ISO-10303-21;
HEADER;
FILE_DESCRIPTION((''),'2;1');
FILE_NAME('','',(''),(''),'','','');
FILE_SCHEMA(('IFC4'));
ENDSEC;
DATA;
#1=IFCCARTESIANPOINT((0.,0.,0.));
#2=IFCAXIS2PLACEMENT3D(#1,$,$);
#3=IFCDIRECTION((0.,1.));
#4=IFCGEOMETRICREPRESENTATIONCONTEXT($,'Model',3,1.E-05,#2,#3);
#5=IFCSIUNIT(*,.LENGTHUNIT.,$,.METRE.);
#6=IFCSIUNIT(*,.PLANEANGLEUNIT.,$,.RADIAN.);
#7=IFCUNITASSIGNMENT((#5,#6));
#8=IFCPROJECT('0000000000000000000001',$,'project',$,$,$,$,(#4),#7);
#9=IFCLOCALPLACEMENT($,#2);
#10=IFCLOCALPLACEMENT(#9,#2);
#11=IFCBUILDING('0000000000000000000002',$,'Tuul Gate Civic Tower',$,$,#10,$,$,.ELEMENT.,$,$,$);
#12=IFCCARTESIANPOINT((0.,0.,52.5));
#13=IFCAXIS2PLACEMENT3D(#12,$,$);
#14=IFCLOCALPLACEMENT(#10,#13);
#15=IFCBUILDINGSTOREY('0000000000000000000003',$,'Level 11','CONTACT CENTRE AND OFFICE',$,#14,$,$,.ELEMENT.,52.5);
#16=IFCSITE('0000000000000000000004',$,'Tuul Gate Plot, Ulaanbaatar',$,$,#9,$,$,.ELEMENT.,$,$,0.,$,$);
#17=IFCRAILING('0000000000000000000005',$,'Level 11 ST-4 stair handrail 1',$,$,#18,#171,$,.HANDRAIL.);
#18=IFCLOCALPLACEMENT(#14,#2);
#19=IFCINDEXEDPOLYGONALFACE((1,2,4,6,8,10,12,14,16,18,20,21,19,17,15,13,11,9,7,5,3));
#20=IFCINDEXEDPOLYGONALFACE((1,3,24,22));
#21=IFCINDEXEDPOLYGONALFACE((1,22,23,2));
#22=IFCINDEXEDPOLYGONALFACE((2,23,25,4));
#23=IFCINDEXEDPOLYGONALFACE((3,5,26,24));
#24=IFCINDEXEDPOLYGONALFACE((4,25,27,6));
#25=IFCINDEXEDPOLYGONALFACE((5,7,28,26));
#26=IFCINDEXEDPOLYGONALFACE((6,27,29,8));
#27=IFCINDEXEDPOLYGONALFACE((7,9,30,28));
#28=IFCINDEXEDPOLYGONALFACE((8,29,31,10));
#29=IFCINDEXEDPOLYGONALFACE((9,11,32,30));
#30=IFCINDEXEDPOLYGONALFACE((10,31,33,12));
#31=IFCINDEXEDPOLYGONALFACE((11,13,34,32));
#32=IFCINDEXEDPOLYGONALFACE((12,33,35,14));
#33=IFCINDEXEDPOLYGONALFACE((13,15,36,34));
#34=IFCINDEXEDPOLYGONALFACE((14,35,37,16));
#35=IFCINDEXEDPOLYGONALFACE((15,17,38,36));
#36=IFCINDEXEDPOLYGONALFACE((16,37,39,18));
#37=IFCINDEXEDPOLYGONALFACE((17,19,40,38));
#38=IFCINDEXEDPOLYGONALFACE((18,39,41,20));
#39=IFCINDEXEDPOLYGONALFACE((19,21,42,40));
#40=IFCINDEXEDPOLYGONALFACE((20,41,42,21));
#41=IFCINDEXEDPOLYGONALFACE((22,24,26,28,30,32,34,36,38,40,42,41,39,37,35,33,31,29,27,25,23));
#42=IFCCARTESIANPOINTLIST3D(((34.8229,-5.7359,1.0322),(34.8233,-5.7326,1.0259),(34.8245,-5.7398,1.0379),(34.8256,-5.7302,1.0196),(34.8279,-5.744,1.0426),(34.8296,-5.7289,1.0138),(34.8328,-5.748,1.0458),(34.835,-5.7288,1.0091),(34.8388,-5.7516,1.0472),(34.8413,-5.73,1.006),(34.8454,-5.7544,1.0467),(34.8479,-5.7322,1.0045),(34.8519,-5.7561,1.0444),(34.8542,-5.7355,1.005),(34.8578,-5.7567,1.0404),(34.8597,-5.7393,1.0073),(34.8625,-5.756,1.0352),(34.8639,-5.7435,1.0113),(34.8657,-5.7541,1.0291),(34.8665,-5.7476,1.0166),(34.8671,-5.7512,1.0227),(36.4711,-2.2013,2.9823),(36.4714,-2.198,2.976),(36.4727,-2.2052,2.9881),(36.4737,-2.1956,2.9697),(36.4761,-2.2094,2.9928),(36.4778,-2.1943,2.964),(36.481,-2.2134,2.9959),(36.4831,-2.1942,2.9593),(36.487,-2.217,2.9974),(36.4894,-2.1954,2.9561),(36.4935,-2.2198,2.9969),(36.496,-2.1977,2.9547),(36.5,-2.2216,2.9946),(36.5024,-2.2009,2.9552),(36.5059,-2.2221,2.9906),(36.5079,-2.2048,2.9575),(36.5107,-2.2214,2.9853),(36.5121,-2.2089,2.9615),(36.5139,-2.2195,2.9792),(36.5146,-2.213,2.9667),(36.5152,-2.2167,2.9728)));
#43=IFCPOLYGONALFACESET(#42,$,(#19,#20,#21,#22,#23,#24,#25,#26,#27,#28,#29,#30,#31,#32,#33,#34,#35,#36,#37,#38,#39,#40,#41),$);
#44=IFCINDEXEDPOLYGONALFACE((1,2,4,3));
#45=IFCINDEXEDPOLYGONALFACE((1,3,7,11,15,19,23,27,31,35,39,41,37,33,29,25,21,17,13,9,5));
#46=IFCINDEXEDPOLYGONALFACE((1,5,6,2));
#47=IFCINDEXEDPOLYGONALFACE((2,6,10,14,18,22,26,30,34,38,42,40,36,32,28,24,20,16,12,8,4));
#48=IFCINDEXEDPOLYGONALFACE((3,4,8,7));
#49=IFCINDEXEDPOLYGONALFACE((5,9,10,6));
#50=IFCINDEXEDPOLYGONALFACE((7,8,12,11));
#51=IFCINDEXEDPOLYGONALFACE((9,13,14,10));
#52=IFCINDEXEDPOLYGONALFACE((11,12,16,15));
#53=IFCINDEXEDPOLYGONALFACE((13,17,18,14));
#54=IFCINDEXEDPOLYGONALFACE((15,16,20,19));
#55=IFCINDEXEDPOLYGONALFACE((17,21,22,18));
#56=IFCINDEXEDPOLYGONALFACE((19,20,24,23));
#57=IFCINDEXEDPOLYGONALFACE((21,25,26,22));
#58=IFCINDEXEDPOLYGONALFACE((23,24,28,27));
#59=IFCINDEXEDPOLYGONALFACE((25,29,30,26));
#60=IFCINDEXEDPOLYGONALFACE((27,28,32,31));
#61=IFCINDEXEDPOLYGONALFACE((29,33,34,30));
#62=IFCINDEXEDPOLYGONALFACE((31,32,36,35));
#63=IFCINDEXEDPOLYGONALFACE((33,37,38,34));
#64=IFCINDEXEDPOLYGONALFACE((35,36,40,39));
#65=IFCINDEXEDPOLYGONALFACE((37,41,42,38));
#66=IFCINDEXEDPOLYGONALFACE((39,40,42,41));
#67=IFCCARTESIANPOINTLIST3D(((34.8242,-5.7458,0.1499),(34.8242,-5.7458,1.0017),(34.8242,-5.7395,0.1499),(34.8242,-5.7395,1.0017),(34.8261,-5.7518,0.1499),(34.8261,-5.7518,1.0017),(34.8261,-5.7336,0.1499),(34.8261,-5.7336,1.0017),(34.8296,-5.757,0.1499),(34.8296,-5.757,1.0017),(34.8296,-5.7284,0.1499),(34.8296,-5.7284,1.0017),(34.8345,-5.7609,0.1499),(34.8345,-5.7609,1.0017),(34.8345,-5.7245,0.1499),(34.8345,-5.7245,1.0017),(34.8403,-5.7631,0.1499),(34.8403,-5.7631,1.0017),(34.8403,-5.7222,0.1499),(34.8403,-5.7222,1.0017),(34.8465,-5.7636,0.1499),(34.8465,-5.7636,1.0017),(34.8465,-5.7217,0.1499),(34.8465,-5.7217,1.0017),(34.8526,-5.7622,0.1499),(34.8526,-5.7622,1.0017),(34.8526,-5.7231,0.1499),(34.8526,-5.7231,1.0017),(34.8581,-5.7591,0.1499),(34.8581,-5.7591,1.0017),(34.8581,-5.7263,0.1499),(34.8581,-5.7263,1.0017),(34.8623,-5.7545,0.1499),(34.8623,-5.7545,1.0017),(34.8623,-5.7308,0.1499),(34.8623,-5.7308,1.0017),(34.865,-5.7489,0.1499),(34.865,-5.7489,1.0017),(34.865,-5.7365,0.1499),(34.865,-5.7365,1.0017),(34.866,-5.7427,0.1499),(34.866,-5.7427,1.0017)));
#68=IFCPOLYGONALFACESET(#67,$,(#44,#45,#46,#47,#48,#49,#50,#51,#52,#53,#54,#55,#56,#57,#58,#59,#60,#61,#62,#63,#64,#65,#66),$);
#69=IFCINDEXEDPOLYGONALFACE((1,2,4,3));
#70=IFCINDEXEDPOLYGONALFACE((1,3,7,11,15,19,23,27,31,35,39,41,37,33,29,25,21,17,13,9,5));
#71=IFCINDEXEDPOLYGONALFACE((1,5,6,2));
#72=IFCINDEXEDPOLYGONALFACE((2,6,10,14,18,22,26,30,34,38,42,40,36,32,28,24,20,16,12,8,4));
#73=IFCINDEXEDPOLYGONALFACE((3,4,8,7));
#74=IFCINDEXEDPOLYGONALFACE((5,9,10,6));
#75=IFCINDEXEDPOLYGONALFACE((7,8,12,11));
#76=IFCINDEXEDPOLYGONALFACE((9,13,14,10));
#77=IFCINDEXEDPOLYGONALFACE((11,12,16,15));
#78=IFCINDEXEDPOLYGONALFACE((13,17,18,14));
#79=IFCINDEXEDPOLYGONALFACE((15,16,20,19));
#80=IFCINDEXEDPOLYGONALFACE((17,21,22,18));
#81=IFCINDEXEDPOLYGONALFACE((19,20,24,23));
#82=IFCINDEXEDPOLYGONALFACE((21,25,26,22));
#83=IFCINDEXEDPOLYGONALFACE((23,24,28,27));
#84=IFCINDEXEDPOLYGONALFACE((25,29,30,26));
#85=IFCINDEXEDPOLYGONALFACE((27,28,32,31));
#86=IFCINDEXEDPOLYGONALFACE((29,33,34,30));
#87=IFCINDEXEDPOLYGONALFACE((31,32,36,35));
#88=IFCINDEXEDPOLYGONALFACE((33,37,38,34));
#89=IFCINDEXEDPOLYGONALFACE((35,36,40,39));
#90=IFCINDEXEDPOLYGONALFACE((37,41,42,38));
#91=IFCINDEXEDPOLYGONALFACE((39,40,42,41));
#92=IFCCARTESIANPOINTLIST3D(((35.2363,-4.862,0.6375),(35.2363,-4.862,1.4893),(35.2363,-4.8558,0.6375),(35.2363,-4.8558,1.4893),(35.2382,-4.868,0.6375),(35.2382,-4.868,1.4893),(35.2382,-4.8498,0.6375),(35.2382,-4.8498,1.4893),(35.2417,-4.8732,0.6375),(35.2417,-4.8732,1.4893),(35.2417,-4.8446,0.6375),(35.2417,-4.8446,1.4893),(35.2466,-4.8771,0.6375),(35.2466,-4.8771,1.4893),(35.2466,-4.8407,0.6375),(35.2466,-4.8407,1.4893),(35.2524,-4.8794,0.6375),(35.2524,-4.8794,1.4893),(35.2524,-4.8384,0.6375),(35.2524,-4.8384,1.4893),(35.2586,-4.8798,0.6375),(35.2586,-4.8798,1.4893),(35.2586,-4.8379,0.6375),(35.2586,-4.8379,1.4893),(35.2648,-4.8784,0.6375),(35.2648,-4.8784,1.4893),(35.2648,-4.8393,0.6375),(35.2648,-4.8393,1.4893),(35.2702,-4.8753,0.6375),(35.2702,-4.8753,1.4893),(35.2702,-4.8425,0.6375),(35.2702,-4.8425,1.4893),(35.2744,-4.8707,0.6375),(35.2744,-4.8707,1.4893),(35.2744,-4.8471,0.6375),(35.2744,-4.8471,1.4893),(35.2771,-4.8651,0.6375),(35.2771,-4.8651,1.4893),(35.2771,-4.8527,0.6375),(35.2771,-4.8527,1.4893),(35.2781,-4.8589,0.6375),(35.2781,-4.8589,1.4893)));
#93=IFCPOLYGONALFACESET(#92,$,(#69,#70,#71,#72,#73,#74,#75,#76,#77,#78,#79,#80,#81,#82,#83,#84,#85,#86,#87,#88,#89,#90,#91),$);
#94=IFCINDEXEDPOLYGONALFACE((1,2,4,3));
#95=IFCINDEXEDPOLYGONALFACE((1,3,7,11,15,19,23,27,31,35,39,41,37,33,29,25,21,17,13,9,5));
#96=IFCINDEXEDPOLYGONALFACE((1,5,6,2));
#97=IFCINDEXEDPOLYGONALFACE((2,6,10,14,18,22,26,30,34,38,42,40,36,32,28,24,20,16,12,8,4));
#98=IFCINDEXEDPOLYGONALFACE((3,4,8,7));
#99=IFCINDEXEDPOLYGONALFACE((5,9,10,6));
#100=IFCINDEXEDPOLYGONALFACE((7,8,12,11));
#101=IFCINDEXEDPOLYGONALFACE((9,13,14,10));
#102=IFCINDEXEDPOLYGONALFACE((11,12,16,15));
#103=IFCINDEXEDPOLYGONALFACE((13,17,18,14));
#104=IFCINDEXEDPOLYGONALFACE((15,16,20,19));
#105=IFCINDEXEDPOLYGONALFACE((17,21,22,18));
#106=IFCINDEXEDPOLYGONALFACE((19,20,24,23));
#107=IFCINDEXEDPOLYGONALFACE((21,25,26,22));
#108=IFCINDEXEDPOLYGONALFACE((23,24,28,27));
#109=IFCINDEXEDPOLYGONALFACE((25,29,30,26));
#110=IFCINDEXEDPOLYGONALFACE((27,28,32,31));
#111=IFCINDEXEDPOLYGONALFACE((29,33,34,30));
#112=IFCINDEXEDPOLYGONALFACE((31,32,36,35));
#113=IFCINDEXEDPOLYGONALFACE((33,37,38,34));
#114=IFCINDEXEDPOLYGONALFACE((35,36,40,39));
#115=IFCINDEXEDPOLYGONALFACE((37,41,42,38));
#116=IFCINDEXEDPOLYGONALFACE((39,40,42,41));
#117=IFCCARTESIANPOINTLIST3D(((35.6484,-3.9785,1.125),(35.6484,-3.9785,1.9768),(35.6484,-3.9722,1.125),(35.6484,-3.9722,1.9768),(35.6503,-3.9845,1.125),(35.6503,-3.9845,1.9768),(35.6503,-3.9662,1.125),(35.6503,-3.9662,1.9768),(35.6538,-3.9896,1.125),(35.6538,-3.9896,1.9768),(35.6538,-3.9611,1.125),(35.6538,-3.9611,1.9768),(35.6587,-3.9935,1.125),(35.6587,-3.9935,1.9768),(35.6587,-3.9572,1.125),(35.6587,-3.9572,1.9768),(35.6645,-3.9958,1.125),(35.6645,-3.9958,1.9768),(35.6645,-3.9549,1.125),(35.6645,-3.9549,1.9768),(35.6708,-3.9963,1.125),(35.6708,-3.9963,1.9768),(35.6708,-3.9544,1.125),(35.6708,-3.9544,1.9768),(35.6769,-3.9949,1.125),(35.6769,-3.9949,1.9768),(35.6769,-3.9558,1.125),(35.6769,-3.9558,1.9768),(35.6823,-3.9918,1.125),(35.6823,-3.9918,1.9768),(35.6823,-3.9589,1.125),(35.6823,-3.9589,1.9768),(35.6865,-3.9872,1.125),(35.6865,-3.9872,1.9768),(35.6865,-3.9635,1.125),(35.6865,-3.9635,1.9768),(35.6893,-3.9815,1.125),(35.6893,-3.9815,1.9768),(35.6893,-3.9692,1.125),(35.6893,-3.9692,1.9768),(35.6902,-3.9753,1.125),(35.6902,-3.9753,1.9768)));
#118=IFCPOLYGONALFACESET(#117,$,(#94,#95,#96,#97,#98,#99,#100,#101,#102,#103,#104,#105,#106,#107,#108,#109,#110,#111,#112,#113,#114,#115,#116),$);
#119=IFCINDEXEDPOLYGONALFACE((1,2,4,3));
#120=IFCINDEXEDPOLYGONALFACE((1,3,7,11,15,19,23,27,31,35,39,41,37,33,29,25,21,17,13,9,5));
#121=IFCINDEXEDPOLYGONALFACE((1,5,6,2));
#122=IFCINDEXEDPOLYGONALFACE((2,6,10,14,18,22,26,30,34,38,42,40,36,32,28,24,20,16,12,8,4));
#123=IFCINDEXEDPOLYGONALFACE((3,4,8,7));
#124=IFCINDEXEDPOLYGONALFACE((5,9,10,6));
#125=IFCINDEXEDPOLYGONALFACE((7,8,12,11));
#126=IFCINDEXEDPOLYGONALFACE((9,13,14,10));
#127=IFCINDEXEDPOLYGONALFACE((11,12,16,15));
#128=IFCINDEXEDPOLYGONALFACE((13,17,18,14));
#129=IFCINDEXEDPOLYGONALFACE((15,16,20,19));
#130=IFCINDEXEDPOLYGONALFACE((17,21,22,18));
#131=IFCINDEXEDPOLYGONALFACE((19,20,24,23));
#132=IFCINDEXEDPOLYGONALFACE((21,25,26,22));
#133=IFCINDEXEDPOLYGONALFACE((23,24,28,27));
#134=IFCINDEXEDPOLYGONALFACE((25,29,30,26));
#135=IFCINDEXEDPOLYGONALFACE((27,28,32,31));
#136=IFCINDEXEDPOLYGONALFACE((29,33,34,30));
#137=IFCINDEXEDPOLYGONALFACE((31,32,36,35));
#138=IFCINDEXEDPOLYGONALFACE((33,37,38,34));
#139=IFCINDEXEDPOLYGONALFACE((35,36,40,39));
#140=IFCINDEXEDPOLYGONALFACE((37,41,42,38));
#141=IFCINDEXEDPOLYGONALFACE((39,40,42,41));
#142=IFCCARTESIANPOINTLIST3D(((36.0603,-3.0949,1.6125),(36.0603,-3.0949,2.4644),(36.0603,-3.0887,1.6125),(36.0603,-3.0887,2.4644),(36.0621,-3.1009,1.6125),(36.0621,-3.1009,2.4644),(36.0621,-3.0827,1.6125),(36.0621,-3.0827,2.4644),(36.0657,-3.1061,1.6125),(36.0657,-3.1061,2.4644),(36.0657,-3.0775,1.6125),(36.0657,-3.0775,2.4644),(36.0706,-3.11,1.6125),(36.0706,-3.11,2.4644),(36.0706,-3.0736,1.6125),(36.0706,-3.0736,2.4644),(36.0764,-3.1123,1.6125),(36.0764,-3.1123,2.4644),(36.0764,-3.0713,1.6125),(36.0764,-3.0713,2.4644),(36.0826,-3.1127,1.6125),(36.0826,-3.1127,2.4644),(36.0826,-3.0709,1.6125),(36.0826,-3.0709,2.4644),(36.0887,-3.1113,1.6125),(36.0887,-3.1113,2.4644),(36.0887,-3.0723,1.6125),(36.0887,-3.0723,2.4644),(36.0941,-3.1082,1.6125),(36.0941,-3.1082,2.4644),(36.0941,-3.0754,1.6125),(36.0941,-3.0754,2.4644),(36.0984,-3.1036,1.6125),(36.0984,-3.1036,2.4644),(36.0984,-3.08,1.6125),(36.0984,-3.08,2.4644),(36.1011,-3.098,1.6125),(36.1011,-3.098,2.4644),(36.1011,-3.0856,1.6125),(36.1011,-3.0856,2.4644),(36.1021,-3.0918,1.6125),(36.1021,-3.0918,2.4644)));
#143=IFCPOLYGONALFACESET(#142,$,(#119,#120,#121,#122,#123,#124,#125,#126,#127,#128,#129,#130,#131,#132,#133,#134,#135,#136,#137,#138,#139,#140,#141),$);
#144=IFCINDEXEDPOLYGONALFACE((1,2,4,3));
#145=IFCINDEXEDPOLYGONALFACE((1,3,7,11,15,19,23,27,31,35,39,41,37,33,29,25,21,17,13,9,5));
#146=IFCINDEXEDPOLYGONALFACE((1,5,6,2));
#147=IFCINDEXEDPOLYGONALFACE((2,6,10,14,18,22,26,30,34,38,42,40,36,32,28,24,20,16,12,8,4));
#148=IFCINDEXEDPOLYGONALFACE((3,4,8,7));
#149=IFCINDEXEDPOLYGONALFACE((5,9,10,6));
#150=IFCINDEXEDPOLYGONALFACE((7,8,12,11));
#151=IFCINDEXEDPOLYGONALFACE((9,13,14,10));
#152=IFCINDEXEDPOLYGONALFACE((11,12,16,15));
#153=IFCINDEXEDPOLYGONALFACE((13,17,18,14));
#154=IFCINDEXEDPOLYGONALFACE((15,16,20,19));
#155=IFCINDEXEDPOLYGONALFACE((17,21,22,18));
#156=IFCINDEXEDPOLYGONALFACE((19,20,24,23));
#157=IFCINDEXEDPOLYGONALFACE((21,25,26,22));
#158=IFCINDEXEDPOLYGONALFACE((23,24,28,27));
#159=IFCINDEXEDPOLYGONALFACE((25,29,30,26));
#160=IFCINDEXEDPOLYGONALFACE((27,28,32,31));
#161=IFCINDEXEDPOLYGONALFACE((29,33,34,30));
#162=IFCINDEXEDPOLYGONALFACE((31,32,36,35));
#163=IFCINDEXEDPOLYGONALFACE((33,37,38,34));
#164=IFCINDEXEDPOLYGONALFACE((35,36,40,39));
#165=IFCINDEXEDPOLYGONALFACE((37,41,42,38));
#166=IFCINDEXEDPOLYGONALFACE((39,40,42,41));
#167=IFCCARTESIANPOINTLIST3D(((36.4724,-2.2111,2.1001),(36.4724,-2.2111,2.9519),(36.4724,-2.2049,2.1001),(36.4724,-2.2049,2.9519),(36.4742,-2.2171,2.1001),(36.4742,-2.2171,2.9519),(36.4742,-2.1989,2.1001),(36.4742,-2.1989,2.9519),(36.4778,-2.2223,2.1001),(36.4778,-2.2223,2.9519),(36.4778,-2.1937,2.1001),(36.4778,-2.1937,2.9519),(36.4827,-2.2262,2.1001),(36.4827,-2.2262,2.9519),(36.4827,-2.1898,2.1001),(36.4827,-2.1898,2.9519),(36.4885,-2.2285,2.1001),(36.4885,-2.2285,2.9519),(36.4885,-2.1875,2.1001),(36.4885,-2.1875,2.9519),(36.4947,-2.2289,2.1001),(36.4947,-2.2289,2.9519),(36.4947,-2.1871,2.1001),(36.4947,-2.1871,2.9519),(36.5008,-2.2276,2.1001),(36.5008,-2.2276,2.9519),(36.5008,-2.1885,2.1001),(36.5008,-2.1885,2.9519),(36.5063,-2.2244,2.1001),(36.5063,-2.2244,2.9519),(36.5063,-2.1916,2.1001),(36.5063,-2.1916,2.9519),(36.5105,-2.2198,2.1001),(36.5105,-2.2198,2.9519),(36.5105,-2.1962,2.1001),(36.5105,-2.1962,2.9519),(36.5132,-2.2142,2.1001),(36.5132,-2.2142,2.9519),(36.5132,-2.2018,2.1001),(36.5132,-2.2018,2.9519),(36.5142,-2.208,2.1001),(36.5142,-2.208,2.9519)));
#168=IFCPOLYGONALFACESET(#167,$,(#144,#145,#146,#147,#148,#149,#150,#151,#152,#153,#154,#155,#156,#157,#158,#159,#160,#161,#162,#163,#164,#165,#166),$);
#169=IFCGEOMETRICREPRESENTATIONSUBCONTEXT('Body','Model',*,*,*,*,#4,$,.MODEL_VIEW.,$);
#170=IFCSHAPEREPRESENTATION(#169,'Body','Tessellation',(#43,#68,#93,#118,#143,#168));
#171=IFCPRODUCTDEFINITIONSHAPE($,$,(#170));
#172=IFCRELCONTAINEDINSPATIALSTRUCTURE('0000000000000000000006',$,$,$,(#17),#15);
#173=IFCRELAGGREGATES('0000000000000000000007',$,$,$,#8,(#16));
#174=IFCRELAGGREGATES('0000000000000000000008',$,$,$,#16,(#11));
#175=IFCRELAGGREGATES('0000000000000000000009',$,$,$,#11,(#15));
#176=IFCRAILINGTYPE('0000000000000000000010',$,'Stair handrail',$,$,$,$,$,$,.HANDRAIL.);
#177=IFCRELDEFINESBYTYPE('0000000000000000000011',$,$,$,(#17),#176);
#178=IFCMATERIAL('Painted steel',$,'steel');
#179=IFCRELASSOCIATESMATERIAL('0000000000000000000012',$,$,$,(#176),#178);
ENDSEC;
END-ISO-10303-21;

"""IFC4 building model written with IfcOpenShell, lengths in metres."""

from ifc_helpers import new_model, si_unit, direction, frame, origin, origin_2d, place, context, subcontext, project, spatial, circle, extrude, material, type_object, element, save


model = new_model("IFC4")

# Units and contexts
model_context = context("Model", 3, precision=1e-05, world=origin(), true_north=direction((0.0, 1.0)))
body_context = subcontext(model_context, "Body", "Model", "MODEL_VIEW")
ifc_project = project(units=[si_unit("LENGTHUNIT", "METRE"), si_unit("PLANEANGLEUNIT", "RADIAN")], contexts=[model_context])

# Site, building, storey
site_placement = place(None, origin())
site = spatial("IfcSite", under=ifc_project, at=site_placement, Name="Tuul Gate Plot, Ulaanbaatar", CompositionType="ELEMENT", RefElevation=0.0)
building_placement = place(site_placement, origin())
building = spatial("IfcBuilding", under=site, at=building_placement, Name="Tuul Gate Civic Tower", CompositionType="ELEMENT")
storey_placement = place(building_placement, frame((0.0, 0.0, 52.5)))
storey = spatial("IfcBuildingStorey", under=building, at=storey_placement, Name="Level 11", Description="CONTACT CENTRE AND OFFICE", CompositionType="ELEMENT", Elevation=52.5)

# Railing
ifc_material_1 = material(Name="Painted steel", Category="steel")
railing_type_1 = type_object("IfcRailingType", Name="Stair handrail", PredefinedType="HANDRAIL", material=ifc_material_1)
railing_1_placement = place(storey_placement, frame((34.845, -5.7427, 0.1499)))
element("IfcRailing", 1, at=railing_1_placement, inside=storey, type_object=railing_type_1, Name="Level 11 ST-4 stair handrail 1", PredefinedType="HANDRAIL", context=body_context, shape_type="SweptSolid", body=[
    extrude(circle(Radius=0.0239, at=origin_2d()), frame((0.0, 0.0, 0.876), z_axis=(0.377985, 0.810617, 0.447245), x_axis=(-0.906313, 0.422608, 0.0)), (0.0, 0.0, 1.0), 4.3604),
    extrude(circle(Radius=0.021, at=origin_2d()), origin(), (0.0, 0.0, 1.0), 0.8518),
    extrude(circle(Radius=0.021, at=origin_2d()), frame((0.4121, 0.8838, 0.4875)), (0.0, 0.0, 1.0), 0.8518),
    extrude(circle(Radius=0.021, at=origin_2d()), frame((0.8242, 1.7673, 0.9751)), (0.0, 0.0, 1.0), 0.8518),
    extrude(circle(Radius=0.021, at=origin_2d()), frame((1.2361, 2.6509, 1.4626)), (0.0, 0.0, 1.0), 0.8518),
    extrude(circle(Radius=0.021, at=origin_2d()), frame((1.6482, 3.5347, 1.9502)), (0.0, 0.0, 1.0), 0.8518),
])

save(model, "model.ifc")
